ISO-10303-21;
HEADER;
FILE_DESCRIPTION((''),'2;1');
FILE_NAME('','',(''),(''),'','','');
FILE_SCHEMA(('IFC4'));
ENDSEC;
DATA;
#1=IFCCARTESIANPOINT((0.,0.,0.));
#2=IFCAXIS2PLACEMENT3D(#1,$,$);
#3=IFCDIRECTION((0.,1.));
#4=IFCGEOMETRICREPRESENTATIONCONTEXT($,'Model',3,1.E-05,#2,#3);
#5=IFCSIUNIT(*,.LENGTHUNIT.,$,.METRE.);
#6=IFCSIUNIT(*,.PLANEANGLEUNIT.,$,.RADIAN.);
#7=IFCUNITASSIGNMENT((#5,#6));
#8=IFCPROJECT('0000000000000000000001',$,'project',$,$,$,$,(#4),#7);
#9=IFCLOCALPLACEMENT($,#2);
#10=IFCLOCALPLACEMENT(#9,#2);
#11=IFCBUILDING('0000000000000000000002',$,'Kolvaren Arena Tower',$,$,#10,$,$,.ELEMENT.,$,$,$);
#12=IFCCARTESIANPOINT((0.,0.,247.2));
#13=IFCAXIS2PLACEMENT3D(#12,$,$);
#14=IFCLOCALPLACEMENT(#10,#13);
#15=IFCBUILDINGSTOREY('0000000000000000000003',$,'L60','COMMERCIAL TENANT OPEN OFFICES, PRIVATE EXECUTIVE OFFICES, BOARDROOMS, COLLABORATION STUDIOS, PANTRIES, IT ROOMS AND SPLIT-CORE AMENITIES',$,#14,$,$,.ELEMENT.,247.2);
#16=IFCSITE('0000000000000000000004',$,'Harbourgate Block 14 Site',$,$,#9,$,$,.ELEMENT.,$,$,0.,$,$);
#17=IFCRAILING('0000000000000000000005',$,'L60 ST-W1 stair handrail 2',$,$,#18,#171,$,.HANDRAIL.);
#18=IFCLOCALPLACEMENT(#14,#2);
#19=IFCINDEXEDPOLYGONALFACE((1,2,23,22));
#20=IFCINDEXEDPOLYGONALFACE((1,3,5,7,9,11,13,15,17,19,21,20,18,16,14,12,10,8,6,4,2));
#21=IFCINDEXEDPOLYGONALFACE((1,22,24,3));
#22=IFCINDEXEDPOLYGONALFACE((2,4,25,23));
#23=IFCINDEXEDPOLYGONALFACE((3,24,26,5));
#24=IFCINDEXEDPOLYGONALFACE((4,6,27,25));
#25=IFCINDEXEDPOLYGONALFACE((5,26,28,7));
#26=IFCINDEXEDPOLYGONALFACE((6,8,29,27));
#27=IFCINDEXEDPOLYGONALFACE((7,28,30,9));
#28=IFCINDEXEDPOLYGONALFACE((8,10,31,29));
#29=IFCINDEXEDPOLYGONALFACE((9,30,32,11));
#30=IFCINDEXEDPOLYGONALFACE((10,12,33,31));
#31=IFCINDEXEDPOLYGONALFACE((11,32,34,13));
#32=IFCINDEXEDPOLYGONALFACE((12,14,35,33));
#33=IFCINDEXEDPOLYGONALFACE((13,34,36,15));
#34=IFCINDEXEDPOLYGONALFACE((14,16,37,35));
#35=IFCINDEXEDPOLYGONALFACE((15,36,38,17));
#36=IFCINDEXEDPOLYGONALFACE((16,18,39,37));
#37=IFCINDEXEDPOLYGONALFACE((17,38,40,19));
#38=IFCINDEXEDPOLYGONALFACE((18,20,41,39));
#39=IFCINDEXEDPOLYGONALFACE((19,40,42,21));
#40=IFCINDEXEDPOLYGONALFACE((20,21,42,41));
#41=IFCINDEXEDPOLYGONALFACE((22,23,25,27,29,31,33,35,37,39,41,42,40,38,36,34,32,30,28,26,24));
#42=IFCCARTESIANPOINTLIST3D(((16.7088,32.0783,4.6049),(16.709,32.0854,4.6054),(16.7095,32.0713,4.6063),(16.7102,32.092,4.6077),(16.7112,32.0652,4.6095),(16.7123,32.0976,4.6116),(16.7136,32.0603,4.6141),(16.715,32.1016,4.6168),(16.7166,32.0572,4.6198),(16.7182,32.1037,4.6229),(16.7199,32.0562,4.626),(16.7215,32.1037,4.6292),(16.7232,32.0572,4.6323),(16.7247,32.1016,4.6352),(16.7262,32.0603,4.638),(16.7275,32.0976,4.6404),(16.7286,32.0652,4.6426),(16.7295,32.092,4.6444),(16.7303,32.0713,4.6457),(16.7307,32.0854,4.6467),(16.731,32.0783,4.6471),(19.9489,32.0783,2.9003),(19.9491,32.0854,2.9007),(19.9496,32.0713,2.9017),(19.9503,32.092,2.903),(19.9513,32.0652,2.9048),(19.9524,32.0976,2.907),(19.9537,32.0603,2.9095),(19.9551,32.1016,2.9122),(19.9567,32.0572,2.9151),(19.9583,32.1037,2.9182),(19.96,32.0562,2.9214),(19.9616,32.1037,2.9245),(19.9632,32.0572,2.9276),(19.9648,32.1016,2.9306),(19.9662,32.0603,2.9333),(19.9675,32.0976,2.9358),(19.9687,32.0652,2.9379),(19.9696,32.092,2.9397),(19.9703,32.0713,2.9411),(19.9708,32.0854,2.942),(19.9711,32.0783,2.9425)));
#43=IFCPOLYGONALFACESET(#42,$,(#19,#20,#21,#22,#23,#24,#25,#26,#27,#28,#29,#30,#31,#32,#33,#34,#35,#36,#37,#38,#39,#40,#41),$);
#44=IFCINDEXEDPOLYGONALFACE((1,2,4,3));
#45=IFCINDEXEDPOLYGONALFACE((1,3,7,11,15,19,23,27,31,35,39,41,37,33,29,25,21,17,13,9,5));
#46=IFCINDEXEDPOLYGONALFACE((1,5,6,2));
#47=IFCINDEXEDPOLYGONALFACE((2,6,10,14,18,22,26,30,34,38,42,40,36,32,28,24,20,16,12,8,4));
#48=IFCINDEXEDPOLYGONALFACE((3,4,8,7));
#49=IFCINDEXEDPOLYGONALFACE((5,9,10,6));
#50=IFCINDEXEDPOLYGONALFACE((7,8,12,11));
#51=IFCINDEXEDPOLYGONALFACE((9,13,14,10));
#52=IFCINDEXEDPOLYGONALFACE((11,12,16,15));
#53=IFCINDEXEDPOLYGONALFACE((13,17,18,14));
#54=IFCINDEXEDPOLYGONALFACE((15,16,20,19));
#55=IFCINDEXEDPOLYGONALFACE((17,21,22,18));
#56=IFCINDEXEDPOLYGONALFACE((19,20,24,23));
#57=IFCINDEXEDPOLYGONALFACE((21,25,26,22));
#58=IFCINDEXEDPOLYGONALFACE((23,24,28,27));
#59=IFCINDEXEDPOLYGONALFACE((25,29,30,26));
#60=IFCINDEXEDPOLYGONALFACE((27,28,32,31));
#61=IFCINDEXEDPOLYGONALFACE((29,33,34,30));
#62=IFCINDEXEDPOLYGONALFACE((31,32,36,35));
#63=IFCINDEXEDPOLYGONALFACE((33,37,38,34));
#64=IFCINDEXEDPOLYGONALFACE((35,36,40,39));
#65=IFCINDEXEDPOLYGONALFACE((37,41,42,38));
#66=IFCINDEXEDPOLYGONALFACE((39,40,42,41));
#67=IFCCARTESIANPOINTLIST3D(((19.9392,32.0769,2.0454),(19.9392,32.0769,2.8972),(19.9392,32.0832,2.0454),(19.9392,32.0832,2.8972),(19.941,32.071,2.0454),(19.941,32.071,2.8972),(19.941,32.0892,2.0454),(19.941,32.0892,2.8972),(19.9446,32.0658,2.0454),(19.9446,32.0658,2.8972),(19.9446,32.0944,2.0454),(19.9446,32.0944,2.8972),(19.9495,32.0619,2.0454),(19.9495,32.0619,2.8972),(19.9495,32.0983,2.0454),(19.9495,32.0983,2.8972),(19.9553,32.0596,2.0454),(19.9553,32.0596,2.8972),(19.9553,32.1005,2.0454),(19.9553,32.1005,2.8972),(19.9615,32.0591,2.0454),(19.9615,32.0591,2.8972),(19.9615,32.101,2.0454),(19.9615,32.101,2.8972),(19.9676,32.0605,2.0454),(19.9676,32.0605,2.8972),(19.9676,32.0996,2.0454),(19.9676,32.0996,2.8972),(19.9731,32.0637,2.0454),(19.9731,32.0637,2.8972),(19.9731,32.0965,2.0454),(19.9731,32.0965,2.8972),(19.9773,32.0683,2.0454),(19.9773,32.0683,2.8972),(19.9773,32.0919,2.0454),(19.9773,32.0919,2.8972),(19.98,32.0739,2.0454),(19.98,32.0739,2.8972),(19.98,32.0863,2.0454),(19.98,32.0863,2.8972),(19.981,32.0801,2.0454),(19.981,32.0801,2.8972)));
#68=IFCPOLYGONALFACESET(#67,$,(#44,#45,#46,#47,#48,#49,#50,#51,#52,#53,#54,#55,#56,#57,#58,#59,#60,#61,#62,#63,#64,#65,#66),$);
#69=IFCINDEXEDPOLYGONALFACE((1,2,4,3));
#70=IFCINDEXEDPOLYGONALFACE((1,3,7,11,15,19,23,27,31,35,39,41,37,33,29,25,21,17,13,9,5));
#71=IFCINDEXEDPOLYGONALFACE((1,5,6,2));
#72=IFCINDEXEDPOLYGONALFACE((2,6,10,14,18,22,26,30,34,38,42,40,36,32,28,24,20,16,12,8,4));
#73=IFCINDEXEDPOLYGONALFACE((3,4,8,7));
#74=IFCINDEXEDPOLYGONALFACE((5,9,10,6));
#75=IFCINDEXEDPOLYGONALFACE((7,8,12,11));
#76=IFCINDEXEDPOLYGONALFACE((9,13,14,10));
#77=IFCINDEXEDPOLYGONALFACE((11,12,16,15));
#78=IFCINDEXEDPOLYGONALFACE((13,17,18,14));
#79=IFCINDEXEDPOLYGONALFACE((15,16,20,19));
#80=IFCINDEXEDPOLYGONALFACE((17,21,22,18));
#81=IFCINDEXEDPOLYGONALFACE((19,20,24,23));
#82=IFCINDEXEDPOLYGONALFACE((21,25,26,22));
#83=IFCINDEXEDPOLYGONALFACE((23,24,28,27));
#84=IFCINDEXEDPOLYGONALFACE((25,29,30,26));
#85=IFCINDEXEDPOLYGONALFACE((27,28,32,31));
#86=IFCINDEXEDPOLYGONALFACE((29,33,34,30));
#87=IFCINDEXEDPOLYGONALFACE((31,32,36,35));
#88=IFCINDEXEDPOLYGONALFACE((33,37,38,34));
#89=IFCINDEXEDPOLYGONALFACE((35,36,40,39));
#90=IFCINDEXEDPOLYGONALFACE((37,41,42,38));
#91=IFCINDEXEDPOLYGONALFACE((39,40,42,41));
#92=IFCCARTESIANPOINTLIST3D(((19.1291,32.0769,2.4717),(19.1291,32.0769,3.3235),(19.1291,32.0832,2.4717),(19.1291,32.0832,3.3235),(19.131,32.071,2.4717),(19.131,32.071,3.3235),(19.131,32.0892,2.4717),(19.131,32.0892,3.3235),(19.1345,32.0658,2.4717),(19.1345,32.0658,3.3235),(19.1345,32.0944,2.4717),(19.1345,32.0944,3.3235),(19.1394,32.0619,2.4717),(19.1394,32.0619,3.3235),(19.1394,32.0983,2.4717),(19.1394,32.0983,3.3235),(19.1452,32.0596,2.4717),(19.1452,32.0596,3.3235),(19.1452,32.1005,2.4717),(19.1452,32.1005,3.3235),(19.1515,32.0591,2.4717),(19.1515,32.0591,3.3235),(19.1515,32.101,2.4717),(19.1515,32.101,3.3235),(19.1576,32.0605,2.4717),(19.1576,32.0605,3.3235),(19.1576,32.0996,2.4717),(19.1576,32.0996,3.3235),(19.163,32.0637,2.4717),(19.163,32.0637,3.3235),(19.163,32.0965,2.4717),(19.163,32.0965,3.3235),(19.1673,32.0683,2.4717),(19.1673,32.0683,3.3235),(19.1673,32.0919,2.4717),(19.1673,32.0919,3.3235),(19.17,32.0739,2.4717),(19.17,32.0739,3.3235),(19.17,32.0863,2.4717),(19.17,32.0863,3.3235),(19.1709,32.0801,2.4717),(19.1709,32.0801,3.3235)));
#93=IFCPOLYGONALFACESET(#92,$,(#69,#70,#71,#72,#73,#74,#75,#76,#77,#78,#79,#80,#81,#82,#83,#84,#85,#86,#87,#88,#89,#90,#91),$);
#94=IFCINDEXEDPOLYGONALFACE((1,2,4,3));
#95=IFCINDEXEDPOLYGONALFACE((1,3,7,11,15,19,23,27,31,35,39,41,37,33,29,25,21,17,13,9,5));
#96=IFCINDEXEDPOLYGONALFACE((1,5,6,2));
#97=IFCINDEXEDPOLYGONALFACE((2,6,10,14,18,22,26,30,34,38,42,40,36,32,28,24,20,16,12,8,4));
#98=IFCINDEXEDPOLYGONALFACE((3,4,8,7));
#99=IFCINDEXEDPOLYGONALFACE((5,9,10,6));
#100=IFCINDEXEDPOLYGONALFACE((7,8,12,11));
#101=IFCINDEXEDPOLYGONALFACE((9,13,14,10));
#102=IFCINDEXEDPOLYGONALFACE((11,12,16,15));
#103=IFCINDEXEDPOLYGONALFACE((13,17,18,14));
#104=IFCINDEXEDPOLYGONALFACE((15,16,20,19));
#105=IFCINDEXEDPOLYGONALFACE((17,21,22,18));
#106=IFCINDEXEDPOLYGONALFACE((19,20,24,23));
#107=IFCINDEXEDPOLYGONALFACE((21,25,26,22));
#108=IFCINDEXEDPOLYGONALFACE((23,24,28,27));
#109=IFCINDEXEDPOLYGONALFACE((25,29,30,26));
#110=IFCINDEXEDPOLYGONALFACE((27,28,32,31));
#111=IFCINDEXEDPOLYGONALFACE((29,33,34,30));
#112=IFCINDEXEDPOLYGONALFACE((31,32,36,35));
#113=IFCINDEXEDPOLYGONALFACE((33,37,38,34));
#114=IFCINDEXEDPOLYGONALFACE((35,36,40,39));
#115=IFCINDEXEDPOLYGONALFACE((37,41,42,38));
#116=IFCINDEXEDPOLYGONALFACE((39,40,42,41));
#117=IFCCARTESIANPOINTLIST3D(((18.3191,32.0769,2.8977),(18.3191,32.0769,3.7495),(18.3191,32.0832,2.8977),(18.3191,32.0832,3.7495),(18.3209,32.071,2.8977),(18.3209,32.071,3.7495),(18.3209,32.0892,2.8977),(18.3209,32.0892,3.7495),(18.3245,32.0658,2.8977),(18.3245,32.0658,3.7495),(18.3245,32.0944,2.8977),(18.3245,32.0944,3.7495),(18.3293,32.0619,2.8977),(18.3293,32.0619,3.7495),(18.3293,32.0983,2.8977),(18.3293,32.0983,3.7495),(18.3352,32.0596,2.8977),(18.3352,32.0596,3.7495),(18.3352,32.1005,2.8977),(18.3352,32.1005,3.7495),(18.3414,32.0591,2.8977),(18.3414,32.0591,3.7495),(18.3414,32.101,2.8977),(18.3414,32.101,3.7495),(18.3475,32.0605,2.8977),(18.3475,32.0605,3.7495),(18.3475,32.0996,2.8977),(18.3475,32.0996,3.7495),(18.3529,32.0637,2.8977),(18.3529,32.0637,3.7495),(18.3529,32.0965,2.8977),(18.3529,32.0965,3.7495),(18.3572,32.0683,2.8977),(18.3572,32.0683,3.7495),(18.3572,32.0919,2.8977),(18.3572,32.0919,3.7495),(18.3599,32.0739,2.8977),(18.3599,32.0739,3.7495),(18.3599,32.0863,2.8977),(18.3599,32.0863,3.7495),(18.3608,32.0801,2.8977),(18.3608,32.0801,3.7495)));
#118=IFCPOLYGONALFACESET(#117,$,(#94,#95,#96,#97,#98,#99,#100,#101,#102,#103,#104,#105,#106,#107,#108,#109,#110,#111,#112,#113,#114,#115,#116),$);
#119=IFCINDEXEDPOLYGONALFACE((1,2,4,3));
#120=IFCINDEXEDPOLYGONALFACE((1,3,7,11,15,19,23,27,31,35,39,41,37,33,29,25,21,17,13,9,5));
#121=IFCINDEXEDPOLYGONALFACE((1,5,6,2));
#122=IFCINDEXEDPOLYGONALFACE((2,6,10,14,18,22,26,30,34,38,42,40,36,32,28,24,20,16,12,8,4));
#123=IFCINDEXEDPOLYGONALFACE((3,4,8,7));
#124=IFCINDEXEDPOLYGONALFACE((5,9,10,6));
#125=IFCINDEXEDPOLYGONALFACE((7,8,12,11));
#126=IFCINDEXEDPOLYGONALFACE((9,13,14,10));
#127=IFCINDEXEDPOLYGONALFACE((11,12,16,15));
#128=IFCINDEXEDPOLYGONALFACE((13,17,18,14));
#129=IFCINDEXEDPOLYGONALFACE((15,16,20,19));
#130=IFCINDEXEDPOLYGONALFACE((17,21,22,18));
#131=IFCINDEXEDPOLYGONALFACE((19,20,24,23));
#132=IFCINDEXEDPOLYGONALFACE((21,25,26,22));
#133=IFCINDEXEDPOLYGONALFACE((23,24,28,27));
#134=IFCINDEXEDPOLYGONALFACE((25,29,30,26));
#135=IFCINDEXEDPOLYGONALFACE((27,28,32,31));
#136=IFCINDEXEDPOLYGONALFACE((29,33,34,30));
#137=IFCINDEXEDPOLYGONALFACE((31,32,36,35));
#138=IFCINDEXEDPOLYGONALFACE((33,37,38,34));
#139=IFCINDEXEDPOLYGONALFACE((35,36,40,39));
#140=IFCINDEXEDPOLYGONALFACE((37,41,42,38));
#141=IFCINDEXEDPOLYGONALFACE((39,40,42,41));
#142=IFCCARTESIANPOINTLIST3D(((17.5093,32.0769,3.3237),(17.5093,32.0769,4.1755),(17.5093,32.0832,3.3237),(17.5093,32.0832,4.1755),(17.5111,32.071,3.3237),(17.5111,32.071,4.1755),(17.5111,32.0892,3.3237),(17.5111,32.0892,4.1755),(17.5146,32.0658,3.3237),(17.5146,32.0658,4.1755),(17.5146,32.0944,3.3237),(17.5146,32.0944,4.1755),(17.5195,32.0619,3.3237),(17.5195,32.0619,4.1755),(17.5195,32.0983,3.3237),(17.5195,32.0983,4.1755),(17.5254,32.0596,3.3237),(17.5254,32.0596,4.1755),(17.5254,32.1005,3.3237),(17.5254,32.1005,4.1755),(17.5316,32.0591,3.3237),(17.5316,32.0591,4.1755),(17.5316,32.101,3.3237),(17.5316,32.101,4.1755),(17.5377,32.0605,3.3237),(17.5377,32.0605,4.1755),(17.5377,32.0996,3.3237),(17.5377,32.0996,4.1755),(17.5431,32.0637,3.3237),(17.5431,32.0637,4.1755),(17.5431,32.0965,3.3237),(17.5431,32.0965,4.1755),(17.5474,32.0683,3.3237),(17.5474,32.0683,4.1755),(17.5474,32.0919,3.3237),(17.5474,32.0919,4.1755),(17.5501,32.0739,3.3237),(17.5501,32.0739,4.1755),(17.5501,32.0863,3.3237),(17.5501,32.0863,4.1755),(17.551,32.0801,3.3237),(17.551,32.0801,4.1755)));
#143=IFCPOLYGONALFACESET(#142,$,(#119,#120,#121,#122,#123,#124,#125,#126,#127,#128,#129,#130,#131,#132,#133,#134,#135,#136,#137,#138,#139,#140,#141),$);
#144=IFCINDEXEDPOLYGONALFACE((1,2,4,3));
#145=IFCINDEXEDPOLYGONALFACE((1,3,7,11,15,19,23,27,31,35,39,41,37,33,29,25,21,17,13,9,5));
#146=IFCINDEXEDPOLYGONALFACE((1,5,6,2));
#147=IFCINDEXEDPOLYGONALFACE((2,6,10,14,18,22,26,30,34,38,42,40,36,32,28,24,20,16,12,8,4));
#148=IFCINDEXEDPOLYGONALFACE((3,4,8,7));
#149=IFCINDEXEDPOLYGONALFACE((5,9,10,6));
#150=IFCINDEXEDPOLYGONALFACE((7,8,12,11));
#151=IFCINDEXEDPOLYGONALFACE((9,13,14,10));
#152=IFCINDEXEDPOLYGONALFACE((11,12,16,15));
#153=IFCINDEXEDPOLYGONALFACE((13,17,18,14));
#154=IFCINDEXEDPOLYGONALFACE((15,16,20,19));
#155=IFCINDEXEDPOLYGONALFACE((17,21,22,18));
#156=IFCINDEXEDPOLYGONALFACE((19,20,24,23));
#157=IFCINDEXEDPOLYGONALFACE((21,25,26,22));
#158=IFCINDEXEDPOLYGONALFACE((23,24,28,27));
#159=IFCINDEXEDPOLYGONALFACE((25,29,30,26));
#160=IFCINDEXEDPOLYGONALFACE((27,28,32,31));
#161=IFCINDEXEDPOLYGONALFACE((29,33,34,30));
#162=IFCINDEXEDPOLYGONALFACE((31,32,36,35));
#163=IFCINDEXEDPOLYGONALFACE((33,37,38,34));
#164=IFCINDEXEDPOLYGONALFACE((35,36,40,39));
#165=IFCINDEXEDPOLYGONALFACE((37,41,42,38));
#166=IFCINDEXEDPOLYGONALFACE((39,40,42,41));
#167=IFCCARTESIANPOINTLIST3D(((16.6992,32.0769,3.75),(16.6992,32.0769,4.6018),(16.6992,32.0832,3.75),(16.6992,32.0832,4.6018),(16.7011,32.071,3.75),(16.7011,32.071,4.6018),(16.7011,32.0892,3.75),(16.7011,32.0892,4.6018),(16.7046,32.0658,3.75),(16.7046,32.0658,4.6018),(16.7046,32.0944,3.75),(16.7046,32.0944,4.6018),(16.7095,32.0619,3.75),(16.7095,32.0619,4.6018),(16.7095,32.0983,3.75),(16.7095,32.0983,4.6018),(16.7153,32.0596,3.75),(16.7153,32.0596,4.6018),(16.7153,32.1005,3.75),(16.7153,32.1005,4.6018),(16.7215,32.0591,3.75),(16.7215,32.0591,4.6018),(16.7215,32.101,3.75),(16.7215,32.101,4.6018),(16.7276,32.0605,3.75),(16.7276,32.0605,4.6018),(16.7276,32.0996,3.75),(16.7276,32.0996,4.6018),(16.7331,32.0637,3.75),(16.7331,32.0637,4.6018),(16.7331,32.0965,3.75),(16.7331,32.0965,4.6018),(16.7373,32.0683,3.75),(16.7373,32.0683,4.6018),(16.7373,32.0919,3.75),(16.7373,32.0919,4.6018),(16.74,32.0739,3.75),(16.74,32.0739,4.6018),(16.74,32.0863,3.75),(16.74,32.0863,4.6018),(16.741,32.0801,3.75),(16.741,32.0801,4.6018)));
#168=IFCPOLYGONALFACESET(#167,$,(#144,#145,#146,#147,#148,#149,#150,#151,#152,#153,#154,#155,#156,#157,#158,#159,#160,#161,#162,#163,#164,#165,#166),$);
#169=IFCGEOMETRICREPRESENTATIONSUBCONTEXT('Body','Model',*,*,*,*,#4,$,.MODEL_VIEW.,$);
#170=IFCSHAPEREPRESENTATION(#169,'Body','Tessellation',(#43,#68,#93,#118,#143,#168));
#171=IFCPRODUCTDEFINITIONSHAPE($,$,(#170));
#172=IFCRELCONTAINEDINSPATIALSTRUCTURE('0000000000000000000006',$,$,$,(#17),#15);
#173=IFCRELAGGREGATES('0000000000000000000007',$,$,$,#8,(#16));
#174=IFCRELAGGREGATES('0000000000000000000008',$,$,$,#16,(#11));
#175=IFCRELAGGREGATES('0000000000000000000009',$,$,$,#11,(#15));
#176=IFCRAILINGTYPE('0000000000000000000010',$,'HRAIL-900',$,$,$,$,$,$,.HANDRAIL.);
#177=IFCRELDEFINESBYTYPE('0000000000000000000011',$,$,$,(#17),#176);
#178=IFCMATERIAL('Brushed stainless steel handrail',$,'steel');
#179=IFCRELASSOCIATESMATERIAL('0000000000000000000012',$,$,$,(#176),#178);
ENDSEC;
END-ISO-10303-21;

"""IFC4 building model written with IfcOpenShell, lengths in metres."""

from ifc_helpers import new_model, si_unit, direction, frame, origin, origin_2d, place, context, subcontext, project, spatial, circle, extrude, material, type_object, element, save


model = new_model("IFC4")

# Units and contexts
model_context = context("Model", 3, precision=1e-05, world=origin(), true_north=direction((0.0, 1.0)))
body_context = subcontext(model_context, "Body", "Model", "MODEL_VIEW")
ifc_project = project(units=[si_unit("LENGTHUNIT", "METRE"), si_unit("PLANEANGLEUNIT", "RADIAN")], contexts=[model_context])

# Site, building, storey
site_placement = place(None, origin())
site = spatial("IfcSite", under=ifc_project, at=site_placement, Name="Harbourgate Block 14 Site", CompositionType="ELEMENT", RefElevation=0.0)
building_placement = place(site_placement, origin())
building = spatial("IfcBuilding", under=site, at=building_placement, Name="Kolvaren Arena Tower", CompositionType="ELEMENT")
storey_placement = place(building_placement, frame((0.0, 0.0, 247.2)))
storey = spatial("IfcBuildingStorey", under=building, at=storey_placement, Name="L60", Description="COMMERCIAL TENANT OPEN OFFICES, PRIVATE EXECUTIVE OFFICES, BOARDROOMS, COLLABORATION STUDIOS, PANTRIES, IT ROOMS AND SPLIT-CORE AMENITIES", CompositionType="ELEMENT", Elevation=247.2)

# Railing
ifc_material_1 = material(Name="Brushed stainless steel handrail", Category="steel")
railing_type_1 = type_object("IfcRailingType", Name="HRAIL-900", PredefinedType="HANDRAIL", material=ifc_material_1)
railing_1_placement = place(storey_placement, frame((19.96, 32.0801, 2.0454)))
element("IfcRailing", 1, at=railing_1_placement, inside=storey, type_object=railing_type_1, Name="L60 ST-W1 stair handrail 2", PredefinedType="HANDRAIL", context=body_context, shape_type="SweptSolid", body=[
    extrude(circle(Radius=0.0239, at=origin_2d()), frame((0.0, 0.0, 0.876), z_axis=(-0.884993, 0.0, 0.465604), x_axis=(0.0, -1.0, 0.0)), (0.0, 0.0, 1.0), 3.6611),
    extrude(circle(Radius=0.021, at=origin_2d()), origin(), (0.0, 0.0, 1.0), 0.8518),
    extrude(circle(Radius=0.021, at=origin_2d()), frame((-0.8101, 0.0, 0.4263)), (0.0, 0.0, 1.0), 0.8518),
    extrude(circle(Radius=0.021, at=origin_2d()), frame((-1.6201, 0.0, 0.8523)), (0.0, 0.0, 1.0), 0.8518),
    extrude(circle(Radius=0.021, at=origin_2d()), frame((-2.4299, 0.0, 1.2783)), (0.0, 0.0, 1.0), 0.8518),
    extrude(circle(Radius=0.021, at=origin_2d()), frame((-3.24, 0.0, 1.7046)), (0.0, 0.0, 1.0), 0.8518),
])

save(model, "model.ifc")
